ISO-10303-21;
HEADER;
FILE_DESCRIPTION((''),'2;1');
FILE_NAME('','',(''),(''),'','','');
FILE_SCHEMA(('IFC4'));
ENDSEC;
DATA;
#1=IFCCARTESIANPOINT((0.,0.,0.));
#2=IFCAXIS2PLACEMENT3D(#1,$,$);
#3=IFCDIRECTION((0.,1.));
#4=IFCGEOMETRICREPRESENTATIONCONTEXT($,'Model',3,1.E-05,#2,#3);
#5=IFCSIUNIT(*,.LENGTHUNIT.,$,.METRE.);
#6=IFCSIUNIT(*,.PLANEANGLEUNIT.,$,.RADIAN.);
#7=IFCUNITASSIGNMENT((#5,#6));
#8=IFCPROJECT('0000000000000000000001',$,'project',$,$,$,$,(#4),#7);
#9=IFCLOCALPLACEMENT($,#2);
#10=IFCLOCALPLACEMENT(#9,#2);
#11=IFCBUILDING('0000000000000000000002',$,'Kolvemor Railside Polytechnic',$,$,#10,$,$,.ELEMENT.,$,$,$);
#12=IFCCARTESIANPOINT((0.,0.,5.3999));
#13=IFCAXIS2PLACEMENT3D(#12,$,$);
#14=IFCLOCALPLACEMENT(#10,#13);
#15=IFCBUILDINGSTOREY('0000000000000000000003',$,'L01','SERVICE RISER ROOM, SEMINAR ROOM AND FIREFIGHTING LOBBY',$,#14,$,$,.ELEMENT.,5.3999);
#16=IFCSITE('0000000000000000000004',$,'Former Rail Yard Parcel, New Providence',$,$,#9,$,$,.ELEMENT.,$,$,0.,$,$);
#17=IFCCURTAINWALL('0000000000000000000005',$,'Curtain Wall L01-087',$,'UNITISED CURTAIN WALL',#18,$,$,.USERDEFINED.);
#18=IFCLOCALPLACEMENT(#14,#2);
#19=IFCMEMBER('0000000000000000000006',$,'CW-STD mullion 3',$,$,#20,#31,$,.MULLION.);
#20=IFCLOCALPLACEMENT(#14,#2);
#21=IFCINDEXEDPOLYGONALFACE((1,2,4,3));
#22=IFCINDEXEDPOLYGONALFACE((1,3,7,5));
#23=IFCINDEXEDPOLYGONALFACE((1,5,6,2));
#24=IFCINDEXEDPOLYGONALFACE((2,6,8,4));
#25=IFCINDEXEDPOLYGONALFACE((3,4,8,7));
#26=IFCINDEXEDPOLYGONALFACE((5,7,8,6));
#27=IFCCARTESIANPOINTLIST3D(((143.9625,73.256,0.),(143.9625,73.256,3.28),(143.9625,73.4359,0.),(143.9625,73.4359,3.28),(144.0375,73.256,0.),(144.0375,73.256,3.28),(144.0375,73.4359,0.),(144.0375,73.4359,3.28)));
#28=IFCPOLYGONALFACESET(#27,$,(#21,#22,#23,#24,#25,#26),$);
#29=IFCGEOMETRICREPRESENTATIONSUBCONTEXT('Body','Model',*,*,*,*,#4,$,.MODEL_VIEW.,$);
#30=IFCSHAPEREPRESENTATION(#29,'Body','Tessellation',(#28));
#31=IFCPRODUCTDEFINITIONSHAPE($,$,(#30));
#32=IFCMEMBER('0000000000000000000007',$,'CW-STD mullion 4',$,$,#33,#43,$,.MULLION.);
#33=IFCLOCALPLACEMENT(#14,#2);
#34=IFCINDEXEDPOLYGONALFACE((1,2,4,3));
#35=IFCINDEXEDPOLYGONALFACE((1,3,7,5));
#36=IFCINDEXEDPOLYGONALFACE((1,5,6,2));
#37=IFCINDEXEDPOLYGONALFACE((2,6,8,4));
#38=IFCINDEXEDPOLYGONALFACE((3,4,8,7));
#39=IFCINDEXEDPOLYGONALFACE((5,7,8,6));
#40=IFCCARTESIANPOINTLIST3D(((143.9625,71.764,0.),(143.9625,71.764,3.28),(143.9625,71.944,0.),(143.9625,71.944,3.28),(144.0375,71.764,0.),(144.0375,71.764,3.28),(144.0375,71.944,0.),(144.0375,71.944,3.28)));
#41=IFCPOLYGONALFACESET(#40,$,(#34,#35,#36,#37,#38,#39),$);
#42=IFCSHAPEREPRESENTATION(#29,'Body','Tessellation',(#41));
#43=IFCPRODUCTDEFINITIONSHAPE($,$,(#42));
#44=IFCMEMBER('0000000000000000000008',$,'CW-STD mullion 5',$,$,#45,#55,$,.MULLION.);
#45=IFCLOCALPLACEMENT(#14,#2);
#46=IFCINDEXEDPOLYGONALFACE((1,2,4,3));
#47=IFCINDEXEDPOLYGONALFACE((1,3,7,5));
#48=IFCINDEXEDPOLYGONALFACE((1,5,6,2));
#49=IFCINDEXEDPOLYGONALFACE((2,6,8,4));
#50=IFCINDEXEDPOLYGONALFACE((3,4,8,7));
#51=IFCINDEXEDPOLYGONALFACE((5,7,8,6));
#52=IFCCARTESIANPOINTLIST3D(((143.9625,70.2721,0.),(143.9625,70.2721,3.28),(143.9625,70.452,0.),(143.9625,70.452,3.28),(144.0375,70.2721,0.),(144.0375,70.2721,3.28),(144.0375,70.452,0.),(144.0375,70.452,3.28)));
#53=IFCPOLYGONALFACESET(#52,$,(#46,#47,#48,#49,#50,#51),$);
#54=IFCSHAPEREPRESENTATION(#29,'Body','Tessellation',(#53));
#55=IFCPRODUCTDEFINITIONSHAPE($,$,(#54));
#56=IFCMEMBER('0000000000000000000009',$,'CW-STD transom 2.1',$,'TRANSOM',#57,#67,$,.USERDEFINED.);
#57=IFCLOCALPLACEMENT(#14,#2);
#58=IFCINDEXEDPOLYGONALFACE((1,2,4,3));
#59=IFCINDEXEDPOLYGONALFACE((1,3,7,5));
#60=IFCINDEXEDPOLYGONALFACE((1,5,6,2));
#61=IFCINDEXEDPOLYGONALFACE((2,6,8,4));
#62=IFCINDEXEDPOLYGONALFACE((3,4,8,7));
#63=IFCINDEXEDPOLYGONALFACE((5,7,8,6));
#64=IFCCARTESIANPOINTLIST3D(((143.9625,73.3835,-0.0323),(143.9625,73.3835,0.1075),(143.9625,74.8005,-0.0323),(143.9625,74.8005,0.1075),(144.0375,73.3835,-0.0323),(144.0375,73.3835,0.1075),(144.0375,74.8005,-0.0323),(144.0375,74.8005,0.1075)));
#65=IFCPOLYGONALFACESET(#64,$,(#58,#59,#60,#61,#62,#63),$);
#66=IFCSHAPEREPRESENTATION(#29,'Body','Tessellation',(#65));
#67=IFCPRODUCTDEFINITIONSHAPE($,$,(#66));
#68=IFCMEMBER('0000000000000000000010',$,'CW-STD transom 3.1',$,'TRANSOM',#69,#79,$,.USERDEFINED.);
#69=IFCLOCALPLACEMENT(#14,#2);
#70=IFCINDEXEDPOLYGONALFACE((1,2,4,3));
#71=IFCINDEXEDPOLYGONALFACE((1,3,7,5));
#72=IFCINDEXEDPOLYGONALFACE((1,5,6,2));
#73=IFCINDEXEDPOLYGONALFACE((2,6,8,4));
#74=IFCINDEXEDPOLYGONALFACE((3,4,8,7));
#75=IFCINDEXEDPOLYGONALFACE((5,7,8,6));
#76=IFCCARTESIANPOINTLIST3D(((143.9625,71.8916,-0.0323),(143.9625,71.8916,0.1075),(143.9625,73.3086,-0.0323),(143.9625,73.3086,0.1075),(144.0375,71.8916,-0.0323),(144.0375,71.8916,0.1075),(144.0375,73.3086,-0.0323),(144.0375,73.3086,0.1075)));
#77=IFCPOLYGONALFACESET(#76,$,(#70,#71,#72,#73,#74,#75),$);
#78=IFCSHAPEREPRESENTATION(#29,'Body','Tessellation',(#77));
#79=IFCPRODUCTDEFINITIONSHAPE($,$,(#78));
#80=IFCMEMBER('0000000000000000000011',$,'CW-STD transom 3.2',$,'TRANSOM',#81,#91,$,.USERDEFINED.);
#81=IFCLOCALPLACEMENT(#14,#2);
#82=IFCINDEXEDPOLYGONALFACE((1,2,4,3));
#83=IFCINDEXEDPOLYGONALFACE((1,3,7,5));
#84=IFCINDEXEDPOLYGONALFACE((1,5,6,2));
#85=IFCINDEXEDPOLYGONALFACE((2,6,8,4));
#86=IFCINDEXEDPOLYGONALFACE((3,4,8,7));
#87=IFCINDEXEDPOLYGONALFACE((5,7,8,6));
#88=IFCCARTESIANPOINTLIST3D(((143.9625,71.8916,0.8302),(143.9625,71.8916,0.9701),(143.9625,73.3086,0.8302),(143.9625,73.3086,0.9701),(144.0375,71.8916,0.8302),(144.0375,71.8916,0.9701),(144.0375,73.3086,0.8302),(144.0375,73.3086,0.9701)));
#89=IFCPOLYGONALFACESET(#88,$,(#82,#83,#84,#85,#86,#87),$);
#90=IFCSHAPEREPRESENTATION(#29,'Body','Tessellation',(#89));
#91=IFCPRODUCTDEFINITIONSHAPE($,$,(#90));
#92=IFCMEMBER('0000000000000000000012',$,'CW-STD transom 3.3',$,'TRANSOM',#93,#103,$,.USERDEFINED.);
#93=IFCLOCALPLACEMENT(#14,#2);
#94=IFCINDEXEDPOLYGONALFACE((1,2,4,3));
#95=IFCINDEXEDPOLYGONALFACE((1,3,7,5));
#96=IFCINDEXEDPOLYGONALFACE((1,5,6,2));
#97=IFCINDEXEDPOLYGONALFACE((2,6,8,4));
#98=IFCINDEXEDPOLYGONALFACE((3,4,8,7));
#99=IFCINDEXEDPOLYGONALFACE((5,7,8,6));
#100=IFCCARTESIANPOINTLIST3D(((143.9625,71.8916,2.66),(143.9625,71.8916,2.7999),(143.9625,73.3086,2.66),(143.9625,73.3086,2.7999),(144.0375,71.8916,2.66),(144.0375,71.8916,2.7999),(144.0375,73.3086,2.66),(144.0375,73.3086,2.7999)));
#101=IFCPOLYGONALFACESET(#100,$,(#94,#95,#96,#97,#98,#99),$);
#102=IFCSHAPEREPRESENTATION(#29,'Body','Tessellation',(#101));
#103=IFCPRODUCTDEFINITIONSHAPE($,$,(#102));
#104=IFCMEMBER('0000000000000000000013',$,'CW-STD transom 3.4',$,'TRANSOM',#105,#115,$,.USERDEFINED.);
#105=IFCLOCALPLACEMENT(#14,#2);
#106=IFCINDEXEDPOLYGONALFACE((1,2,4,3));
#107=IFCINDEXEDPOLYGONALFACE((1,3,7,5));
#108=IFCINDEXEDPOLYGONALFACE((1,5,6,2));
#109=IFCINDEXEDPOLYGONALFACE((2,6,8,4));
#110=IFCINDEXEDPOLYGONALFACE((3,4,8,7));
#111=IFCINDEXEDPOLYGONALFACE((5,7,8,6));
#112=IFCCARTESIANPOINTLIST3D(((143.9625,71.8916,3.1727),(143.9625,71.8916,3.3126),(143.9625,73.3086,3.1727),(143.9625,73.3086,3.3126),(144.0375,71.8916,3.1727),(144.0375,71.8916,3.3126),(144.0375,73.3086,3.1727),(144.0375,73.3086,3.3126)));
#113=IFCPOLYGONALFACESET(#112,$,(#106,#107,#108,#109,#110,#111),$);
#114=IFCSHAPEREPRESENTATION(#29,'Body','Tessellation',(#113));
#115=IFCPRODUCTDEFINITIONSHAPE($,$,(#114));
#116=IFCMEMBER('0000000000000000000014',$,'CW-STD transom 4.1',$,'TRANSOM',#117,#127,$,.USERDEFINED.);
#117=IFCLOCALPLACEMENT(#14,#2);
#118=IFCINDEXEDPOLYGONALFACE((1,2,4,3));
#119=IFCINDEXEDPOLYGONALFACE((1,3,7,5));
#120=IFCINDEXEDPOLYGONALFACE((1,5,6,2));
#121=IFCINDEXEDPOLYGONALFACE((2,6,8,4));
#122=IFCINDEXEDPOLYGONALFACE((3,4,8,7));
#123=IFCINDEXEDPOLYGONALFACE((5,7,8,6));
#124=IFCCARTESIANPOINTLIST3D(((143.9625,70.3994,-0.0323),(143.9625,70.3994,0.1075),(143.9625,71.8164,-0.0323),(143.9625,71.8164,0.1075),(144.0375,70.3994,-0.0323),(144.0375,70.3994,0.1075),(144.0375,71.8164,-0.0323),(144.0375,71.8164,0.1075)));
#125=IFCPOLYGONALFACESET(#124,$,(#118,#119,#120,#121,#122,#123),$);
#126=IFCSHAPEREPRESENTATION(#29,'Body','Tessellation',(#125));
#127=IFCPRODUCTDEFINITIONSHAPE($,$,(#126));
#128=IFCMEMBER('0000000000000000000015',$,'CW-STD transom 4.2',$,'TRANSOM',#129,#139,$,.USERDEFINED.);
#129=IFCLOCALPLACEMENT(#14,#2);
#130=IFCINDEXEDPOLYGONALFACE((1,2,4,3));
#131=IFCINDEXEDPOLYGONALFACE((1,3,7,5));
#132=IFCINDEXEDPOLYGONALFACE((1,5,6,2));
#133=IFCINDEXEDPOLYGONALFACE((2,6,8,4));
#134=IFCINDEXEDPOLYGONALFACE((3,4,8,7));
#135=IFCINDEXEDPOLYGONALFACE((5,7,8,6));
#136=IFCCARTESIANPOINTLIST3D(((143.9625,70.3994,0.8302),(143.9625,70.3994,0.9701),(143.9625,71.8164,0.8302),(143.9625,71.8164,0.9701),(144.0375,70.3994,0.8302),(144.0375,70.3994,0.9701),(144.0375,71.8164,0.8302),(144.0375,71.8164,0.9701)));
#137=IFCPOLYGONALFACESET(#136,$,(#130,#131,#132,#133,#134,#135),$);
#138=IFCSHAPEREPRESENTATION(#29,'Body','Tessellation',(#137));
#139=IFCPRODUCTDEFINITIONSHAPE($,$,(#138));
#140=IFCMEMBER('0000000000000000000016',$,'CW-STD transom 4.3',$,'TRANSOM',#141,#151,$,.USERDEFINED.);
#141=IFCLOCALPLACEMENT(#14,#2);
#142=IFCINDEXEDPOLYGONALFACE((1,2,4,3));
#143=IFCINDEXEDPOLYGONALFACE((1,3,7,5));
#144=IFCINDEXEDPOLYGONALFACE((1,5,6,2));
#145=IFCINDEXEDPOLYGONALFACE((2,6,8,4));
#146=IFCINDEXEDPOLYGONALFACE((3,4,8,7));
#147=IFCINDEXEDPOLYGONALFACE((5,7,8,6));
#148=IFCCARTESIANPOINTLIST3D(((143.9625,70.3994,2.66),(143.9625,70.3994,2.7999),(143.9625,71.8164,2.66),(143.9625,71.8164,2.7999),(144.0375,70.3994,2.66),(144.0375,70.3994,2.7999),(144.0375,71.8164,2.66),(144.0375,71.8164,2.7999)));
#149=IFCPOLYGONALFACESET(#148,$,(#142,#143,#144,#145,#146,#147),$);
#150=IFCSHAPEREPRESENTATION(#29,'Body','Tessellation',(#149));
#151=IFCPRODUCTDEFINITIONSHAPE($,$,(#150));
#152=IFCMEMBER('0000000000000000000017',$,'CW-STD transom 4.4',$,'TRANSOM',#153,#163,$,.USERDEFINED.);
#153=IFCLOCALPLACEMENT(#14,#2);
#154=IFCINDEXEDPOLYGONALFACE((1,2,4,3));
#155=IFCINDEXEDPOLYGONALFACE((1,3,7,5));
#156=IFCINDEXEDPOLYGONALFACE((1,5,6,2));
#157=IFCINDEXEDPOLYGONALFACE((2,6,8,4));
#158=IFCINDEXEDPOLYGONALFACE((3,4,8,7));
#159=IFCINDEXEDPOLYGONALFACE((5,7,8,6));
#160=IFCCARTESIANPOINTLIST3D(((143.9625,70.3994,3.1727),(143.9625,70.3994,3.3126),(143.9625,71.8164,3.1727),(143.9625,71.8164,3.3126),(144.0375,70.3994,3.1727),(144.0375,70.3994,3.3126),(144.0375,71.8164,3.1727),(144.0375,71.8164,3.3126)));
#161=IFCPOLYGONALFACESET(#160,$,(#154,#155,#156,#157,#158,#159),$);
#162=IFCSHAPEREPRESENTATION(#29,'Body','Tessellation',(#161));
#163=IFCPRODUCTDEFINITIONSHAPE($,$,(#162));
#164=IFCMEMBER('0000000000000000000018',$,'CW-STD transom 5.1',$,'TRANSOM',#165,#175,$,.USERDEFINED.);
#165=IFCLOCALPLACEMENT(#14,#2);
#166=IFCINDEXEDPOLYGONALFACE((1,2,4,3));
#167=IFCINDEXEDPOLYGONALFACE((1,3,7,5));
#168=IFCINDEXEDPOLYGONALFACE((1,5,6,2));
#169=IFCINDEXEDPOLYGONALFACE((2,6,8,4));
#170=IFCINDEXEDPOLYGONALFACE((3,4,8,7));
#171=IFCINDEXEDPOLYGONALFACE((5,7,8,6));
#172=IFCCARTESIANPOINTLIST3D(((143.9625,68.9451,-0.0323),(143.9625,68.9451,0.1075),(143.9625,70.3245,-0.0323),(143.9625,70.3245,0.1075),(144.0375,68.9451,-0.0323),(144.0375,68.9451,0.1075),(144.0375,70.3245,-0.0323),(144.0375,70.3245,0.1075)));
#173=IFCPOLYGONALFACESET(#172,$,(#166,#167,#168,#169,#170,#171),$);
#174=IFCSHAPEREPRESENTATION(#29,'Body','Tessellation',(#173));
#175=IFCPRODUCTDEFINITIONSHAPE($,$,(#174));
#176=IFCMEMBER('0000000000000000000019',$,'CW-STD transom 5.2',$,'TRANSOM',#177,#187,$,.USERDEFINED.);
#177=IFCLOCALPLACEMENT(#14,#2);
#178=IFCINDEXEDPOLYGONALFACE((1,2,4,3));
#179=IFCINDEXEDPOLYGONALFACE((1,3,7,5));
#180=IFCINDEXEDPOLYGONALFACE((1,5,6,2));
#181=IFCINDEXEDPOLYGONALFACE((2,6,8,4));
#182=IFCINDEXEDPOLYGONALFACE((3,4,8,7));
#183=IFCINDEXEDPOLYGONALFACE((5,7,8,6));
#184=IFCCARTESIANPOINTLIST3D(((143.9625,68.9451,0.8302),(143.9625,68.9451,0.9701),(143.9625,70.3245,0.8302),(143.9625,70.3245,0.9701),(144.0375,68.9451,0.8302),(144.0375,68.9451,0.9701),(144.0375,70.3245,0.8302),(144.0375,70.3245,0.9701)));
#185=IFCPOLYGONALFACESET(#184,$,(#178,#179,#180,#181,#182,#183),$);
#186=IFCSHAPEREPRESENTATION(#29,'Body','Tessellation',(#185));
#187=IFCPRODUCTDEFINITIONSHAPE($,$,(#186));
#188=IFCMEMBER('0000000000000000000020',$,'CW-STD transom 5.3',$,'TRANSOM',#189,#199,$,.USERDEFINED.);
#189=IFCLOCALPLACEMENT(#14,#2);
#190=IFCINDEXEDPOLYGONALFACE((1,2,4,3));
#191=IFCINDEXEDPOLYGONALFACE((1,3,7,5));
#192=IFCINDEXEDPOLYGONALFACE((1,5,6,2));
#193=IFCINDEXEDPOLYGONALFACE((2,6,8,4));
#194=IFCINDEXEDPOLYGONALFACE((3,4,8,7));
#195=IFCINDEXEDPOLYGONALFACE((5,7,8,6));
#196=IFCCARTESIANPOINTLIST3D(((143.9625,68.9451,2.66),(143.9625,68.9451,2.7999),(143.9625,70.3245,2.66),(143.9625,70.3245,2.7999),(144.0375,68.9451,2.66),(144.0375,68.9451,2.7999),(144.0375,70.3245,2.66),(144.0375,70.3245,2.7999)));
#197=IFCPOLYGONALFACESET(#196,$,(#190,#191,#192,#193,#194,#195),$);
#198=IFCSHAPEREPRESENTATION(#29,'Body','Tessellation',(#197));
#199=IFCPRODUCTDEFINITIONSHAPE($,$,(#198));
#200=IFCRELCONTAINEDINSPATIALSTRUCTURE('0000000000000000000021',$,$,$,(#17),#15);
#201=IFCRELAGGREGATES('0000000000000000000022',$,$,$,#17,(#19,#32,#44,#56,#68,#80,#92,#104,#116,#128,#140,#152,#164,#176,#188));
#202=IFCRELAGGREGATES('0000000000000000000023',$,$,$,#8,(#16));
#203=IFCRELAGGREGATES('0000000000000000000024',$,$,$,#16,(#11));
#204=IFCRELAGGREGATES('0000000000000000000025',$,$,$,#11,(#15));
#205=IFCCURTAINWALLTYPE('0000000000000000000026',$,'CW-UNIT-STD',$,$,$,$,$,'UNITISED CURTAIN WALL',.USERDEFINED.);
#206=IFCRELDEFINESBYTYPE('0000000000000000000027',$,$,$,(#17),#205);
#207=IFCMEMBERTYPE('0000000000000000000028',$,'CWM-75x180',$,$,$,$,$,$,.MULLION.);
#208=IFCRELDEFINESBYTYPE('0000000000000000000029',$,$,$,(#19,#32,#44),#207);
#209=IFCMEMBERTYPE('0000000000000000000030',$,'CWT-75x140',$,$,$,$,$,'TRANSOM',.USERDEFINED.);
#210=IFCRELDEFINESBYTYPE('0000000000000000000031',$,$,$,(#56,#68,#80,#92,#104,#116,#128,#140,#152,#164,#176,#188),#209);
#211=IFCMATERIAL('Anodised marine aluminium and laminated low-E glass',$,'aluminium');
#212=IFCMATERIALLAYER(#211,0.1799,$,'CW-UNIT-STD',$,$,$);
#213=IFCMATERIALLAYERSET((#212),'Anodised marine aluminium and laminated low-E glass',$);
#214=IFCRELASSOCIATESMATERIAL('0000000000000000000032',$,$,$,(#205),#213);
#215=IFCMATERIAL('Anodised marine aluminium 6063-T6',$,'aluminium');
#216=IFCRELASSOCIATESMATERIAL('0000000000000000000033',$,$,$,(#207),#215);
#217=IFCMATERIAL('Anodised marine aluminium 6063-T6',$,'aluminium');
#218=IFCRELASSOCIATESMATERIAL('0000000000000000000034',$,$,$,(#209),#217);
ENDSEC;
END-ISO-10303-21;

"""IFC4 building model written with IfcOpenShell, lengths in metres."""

from ifc_helpers import new_model, si_unit, direction, frame, origin, origin_2d, place, context, subcontext, project, spatial, rectangle, extrude, material, layer, layer_set, material_profile, profile_set, type_object, element, aggregate, save


model = new_model("IFC4")

# Units and contexts
model_context = context("Model", 3, precision=1e-05, world=origin(), true_north=direction((0.0, 1.0)))
body_context = subcontext(model_context, "Body", "Model", "MODEL_VIEW")
ifc_project = project(units=[si_unit("LENGTHUNIT", "METRE"), si_unit("PLANEANGLEUNIT", "RADIAN")], contexts=[model_context])

# Site, building, storey
site_placement = place(None, origin())
site = spatial("IfcSite", under=ifc_project, at=site_placement, Name="Former Rail Yard Parcel, New Providence", CompositionType="ELEMENT", RefElevation=0.0)
building_placement = place(site_placement, origin())
building = spatial("IfcBuilding", under=site, at=building_placement, Name="Kolvemor Railside Polytechnic", CompositionType="ELEMENT")
storey_placement = place(building_placement, frame((0.0, 0.0, 5.3999)))
storey = spatial("IfcBuildingStorey", under=building, at=storey_placement, Name="L01", Description="SERVICE RISER ROOM, SEMINAR ROOM AND FIREFIGHTING LOBBY", CompositionType="ELEMENT", Elevation=5.3999)

# Curtain wall, members
ifc_material_1 = material(Name="Anodised marine aluminium and laminated low-E glass", Category="aluminium")
ifc_layer_1 = layer(ifc_material_1, 0.1799, Name="CW-UNIT-STD")
ifc_layer_set_1 = layer_set([ifc_layer_1], Name="Anodised marine aluminium and laminated low-E glass")
curtain_wall_type = type_object("IfcCurtainWallType", Name="CW-UNIT-STD", ElementType="UNITISED CURTAIN WALL", PredefinedType="USERDEFINED", material=ifc_layer_set_1)
curtain_wall_placement = place(storey_placement, origin())
curtain_wall = element("IfcCurtainWall", 1, at=curtain_wall_placement, inside=storey, type_object=curtain_wall_type, Name="Curtain Wall L01-087", ObjectType="UNITISED CURTAIN WALL", PredefinedType="USERDEFINED")
ifc_material_2 = material(Name="Anodised marine aluminium 6063-T6", Category="aluminium")
ifc_material_profile_1 = material_profile(ifc_material_2, rectangle(XDim=0.075, YDim=0.1799, at=origin_2d()), Name="CW-MUL-75x180")
ifc_profile_set_1 = profile_set([ifc_material_profile_1], Name="Anodised marine aluminium 6063-T6")
member_type_1 = type_object("IfcMemberType", Name="CWM-75x180", PredefinedType="MULLION", material=ifc_profile_set_1)
member_1_placement = place(storey_placement, frame((144.0, 73.3459, 0.0), z_axis=(0.0, 0.0, 1.0), x_axis=(1.0, 0.0, 0.0)))
member_1 = element("IfcMember", 2, at=member_1_placement, type_object=member_type_1, Name="CW-STD mullion 3", PredefinedType="MULLION", context=body_context, shape_type="SweptSolid", body=[
    extrude(rectangle(XDim=0.075, YDim=0.1799, at=origin_2d()), origin(), (0.0, 0.0, 1.0), 3.28),
])
member_2_placement = place(storey_placement, frame((144.0, 71.854, 0.0), z_axis=(0.0, 0.0, 1.0), x_axis=(1.0, 0.0, 0.0)))
member_2 = element("IfcMember", 3, at=member_2_placement, type_object=member_type_1, Name="CW-STD mullion 4", PredefinedType="MULLION", context=body_context, shape_type="SweptSolid", body=[
    extrude(rectangle(XDim=0.075, YDim=0.1799, at=origin_2d()), origin(), (0.0, 0.0, 1.0), 3.28),
])
member_3_placement = place(storey_placement, frame((144.0, 70.3621, 0.0), z_axis=(0.0, 0.0, 1.0), x_axis=(1.0, 0.0, 0.0)))
member_3 = element("IfcMember", 4, at=member_3_placement, type_object=member_type_1, Name="CW-STD mullion 5", PredefinedType="MULLION", context=body_context, shape_type="SweptSolid", body=[
    extrude(rectangle(XDim=0.075, YDim=0.1799, at=origin_2d()), origin(), (0.0, 0.0, 1.0), 3.28),
])
ifc_material_3 = material(Name="Anodised marine aluminium 6063-T6", Category="aluminium")
ifc_material_profile_2 = material_profile(ifc_material_3, rectangle(XDim=0.075, YDim=0.1399, at=origin_2d()), Name="CW-TRN-75x140")
ifc_profile_set_2 = profile_set([ifc_material_profile_2], Name="Anodised marine aluminium 6063-T6")
member_type_2 = type_object("IfcMemberType", Name="CWT-75x140", ElementType="TRANSOM", PredefinedType="USERDEFINED", material=ifc_profile_set_2)
member_4_placement = place(storey_placement, frame((144.0, 74.8005, 0.0376), z_axis=(0.0, -1.0, 0.0), x_axis=(1.0, 0.0, 0.0)))
member_4 = element("IfcMember", 5, at=member_4_placement, type_object=member_type_2, Name="CW-STD transom 2.1", ObjectType="TRANSOM", PredefinedType="USERDEFINED", context=body_context, shape_type="SweptSolid", body=[
    extrude(rectangle(XDim=0.075, YDim=0.1399, at=origin_2d()), origin(), (0.0, 0.0, 1.0), 1.417),
])
member_5_placement = place(storey_placement, frame((144.0, 73.3086, 0.0376), z_axis=(0.0, -1.0, 0.0), x_axis=(1.0, 0.0, 0.0)))
member_5 = element("IfcMember", 6, at=member_5_placement, type_object=member_type_2, Name="CW-STD transom 3.1", ObjectType="TRANSOM", PredefinedType="USERDEFINED", context=body_context, shape_type="SweptSolid", body=[
    extrude(rectangle(XDim=0.075, YDim=0.1399, at=origin_2d()), origin(), (0.0, 0.0, 1.0), 1.417),
])
member_6_placement = place(storey_placement, frame((144.0, 73.3086, 0.9001), z_axis=(0.0, -1.0, 0.0), x_axis=(1.0, 0.0, 0.0)))
member_6 = element("IfcMember", 7, at=member_6_placement, type_object=member_type_2, Name="CW-STD transom 3.2", ObjectType="TRANSOM", PredefinedType="USERDEFINED", context=body_context, shape_type="SweptSolid", body=[
    extrude(rectangle(XDim=0.075, YDim=0.1399, at=origin_2d()), origin(), (0.0, 0.0, 1.0), 1.417),
])
member_7_placement = place(storey_placement, frame((144.0, 73.3086, 2.73), z_axis=(0.0, -1.0, 0.0), x_axis=(1.0, 0.0, 0.0)))
member_7 = element("IfcMember", 8, at=member_7_placement, type_object=member_type_2, Name="CW-STD transom 3.3", ObjectType="TRANSOM", PredefinedType="USERDEFINED", context=body_context, shape_type="SweptSolid", body=[
    extrude(rectangle(XDim=0.075, YDim=0.1399, at=origin_2d()), origin(), (0.0, 0.0, 1.0), 1.417),
])
member_8_placement = place(storey_placement, frame((144.0, 73.3086, 3.2427), z_axis=(0.0, -1.0, 0.0), x_axis=(1.0, 0.0, 0.0)))
member_8 = element("IfcMember", 9, at=member_8_placement, type_object=member_type_2, Name="CW-STD transom 3.4", ObjectType="TRANSOM", PredefinedType="USERDEFINED", context=body_context, shape_type="SweptSolid", body=[
    extrude(rectangle(XDim=0.075, YDim=0.1399, at=origin_2d()), origin(), (0.0, 0.0, 1.0), 1.417),
])
member_9_placement = place(storey_placement, frame((144.0, 71.8164, 0.0376), z_axis=(0.0, -1.0, 0.0), x_axis=(1.0, 0.0, 0.0)))
member_9 = element("IfcMember", 10, at=member_9_placement, type_object=member_type_2, Name="CW-STD transom 4.1", ObjectType="TRANSOM", PredefinedType="USERDEFINED", context=body_context, shape_type="SweptSolid", body=[
    extrude(rectangle(XDim=0.075, YDim=0.1399, at=origin_2d()), origin(), (0.0, 0.0, 1.0), 1.417),
])
member_10_placement = place(storey_placement, frame((144.0, 71.8164, 0.9001), z_axis=(0.0, -1.0, 0.0), x_axis=(1.0, 0.0, 0.0)))
member_10 = element("IfcMember", 11, at=member_10_placement, type_object=member_type_2, Name="CW-STD transom 4.2", ObjectType="TRANSOM", PredefinedType="USERDEFINED", context=body_context, shape_type="SweptSolid", body=[
    extrude(rectangle(XDim=0.075, YDim=0.1399, at=origin_2d()), origin(), (0.0, 0.0, 1.0), 1.417),
])
member_11_placement = place(storey_placement, frame((144.0, 71.8164, 2.73), z_axis=(0.0, -1.0, 0.0), x_axis=(1.0, 0.0, 0.0)))
member_11 = element("IfcMember", 12, at=member_11_placement, type_object=member_type_2, Name="CW-STD transom 4.3", ObjectType="TRANSOM", PredefinedType="USERDEFINED", context=body_context, shape_type="SweptSolid", body=[
    extrude(rectangle(XDim=0.075, YDim=0.1399, at=origin_2d()), origin(), (0.0, 0.0, 1.0), 1.417),
])
member_12_placement = place(storey_placement, frame((144.0, 71.8164, 3.2427), z_axis=(0.0, -1.0, 0.0), x_axis=(1.0, 0.0, 0.0)))
member_12 = element("IfcMember", 13, at=member_12_placement, type_object=member_type_2, Name="CW-STD transom 4.4", ObjectType="TRANSOM", PredefinedType="USERDEFINED", context=body_context, shape_type="SweptSolid", body=[
    extrude(rectangle(XDim=0.075, YDim=0.1399, at=origin_2d()), origin(), (0.0, 0.0, 1.0), 1.417),
])
member_13_placement = place(storey_placement, frame((144.0, 70.3245, 0.0376), z_axis=(0.0, -1.0, 0.0), x_axis=(1.0, 0.0, 0.0)))
member_13 = element("IfcMember", 14, at=member_13_placement, type_object=member_type_2, Name="CW-STD transom 5.1", ObjectType="TRANSOM", PredefinedType="USERDEFINED", context=body_context, shape_type="SweptSolid", body=[
    extrude(rectangle(XDim=0.075, YDim=0.1399, at=origin_2d()), origin(), (0.0, 0.0, 1.0), 1.3794),
])
member_14_placement = place(storey_placement, frame((144.0, 70.3245, 0.9001), z_axis=(0.0, -1.0, 0.0), x_axis=(1.0, 0.0, 0.0)))
member_14 = element("IfcMember", 15, at=member_14_placement, type_object=member_type_2, Name="CW-STD transom 5.2", ObjectType="TRANSOM", PredefinedType="USERDEFINED", context=body_context, shape_type="SweptSolid", body=[
    extrude(rectangle(XDim=0.075, YDim=0.1399, at=origin_2d()), origin(), (0.0, 0.0, 1.0), 1.3794),
])
member_15_placement = place(storey_placement, frame((144.0, 70.3245, 2.73), z_axis=(0.0, -1.0, 0.0), x_axis=(1.0, 0.0, 0.0)))
member_15 = element("IfcMember", 16, at=member_15_placement, type_object=member_type_2, Name="CW-STD transom 5.3", ObjectType="TRANSOM", PredefinedType="USERDEFINED", context=body_context, shape_type="SweptSolid", body=[
    extrude(rectangle(XDim=0.075, YDim=0.1399, at=origin_2d()), origin(), (0.0, 0.0, 1.0), 1.3794),
])
aggregate(curtain_wall, [member_1, member_2, member_3, member_4, member_5, member_6, member_7, member_8, member_9, member_10, member_11, member_12, member_13, member_14, member_15])

save(model, "model.ifc")
